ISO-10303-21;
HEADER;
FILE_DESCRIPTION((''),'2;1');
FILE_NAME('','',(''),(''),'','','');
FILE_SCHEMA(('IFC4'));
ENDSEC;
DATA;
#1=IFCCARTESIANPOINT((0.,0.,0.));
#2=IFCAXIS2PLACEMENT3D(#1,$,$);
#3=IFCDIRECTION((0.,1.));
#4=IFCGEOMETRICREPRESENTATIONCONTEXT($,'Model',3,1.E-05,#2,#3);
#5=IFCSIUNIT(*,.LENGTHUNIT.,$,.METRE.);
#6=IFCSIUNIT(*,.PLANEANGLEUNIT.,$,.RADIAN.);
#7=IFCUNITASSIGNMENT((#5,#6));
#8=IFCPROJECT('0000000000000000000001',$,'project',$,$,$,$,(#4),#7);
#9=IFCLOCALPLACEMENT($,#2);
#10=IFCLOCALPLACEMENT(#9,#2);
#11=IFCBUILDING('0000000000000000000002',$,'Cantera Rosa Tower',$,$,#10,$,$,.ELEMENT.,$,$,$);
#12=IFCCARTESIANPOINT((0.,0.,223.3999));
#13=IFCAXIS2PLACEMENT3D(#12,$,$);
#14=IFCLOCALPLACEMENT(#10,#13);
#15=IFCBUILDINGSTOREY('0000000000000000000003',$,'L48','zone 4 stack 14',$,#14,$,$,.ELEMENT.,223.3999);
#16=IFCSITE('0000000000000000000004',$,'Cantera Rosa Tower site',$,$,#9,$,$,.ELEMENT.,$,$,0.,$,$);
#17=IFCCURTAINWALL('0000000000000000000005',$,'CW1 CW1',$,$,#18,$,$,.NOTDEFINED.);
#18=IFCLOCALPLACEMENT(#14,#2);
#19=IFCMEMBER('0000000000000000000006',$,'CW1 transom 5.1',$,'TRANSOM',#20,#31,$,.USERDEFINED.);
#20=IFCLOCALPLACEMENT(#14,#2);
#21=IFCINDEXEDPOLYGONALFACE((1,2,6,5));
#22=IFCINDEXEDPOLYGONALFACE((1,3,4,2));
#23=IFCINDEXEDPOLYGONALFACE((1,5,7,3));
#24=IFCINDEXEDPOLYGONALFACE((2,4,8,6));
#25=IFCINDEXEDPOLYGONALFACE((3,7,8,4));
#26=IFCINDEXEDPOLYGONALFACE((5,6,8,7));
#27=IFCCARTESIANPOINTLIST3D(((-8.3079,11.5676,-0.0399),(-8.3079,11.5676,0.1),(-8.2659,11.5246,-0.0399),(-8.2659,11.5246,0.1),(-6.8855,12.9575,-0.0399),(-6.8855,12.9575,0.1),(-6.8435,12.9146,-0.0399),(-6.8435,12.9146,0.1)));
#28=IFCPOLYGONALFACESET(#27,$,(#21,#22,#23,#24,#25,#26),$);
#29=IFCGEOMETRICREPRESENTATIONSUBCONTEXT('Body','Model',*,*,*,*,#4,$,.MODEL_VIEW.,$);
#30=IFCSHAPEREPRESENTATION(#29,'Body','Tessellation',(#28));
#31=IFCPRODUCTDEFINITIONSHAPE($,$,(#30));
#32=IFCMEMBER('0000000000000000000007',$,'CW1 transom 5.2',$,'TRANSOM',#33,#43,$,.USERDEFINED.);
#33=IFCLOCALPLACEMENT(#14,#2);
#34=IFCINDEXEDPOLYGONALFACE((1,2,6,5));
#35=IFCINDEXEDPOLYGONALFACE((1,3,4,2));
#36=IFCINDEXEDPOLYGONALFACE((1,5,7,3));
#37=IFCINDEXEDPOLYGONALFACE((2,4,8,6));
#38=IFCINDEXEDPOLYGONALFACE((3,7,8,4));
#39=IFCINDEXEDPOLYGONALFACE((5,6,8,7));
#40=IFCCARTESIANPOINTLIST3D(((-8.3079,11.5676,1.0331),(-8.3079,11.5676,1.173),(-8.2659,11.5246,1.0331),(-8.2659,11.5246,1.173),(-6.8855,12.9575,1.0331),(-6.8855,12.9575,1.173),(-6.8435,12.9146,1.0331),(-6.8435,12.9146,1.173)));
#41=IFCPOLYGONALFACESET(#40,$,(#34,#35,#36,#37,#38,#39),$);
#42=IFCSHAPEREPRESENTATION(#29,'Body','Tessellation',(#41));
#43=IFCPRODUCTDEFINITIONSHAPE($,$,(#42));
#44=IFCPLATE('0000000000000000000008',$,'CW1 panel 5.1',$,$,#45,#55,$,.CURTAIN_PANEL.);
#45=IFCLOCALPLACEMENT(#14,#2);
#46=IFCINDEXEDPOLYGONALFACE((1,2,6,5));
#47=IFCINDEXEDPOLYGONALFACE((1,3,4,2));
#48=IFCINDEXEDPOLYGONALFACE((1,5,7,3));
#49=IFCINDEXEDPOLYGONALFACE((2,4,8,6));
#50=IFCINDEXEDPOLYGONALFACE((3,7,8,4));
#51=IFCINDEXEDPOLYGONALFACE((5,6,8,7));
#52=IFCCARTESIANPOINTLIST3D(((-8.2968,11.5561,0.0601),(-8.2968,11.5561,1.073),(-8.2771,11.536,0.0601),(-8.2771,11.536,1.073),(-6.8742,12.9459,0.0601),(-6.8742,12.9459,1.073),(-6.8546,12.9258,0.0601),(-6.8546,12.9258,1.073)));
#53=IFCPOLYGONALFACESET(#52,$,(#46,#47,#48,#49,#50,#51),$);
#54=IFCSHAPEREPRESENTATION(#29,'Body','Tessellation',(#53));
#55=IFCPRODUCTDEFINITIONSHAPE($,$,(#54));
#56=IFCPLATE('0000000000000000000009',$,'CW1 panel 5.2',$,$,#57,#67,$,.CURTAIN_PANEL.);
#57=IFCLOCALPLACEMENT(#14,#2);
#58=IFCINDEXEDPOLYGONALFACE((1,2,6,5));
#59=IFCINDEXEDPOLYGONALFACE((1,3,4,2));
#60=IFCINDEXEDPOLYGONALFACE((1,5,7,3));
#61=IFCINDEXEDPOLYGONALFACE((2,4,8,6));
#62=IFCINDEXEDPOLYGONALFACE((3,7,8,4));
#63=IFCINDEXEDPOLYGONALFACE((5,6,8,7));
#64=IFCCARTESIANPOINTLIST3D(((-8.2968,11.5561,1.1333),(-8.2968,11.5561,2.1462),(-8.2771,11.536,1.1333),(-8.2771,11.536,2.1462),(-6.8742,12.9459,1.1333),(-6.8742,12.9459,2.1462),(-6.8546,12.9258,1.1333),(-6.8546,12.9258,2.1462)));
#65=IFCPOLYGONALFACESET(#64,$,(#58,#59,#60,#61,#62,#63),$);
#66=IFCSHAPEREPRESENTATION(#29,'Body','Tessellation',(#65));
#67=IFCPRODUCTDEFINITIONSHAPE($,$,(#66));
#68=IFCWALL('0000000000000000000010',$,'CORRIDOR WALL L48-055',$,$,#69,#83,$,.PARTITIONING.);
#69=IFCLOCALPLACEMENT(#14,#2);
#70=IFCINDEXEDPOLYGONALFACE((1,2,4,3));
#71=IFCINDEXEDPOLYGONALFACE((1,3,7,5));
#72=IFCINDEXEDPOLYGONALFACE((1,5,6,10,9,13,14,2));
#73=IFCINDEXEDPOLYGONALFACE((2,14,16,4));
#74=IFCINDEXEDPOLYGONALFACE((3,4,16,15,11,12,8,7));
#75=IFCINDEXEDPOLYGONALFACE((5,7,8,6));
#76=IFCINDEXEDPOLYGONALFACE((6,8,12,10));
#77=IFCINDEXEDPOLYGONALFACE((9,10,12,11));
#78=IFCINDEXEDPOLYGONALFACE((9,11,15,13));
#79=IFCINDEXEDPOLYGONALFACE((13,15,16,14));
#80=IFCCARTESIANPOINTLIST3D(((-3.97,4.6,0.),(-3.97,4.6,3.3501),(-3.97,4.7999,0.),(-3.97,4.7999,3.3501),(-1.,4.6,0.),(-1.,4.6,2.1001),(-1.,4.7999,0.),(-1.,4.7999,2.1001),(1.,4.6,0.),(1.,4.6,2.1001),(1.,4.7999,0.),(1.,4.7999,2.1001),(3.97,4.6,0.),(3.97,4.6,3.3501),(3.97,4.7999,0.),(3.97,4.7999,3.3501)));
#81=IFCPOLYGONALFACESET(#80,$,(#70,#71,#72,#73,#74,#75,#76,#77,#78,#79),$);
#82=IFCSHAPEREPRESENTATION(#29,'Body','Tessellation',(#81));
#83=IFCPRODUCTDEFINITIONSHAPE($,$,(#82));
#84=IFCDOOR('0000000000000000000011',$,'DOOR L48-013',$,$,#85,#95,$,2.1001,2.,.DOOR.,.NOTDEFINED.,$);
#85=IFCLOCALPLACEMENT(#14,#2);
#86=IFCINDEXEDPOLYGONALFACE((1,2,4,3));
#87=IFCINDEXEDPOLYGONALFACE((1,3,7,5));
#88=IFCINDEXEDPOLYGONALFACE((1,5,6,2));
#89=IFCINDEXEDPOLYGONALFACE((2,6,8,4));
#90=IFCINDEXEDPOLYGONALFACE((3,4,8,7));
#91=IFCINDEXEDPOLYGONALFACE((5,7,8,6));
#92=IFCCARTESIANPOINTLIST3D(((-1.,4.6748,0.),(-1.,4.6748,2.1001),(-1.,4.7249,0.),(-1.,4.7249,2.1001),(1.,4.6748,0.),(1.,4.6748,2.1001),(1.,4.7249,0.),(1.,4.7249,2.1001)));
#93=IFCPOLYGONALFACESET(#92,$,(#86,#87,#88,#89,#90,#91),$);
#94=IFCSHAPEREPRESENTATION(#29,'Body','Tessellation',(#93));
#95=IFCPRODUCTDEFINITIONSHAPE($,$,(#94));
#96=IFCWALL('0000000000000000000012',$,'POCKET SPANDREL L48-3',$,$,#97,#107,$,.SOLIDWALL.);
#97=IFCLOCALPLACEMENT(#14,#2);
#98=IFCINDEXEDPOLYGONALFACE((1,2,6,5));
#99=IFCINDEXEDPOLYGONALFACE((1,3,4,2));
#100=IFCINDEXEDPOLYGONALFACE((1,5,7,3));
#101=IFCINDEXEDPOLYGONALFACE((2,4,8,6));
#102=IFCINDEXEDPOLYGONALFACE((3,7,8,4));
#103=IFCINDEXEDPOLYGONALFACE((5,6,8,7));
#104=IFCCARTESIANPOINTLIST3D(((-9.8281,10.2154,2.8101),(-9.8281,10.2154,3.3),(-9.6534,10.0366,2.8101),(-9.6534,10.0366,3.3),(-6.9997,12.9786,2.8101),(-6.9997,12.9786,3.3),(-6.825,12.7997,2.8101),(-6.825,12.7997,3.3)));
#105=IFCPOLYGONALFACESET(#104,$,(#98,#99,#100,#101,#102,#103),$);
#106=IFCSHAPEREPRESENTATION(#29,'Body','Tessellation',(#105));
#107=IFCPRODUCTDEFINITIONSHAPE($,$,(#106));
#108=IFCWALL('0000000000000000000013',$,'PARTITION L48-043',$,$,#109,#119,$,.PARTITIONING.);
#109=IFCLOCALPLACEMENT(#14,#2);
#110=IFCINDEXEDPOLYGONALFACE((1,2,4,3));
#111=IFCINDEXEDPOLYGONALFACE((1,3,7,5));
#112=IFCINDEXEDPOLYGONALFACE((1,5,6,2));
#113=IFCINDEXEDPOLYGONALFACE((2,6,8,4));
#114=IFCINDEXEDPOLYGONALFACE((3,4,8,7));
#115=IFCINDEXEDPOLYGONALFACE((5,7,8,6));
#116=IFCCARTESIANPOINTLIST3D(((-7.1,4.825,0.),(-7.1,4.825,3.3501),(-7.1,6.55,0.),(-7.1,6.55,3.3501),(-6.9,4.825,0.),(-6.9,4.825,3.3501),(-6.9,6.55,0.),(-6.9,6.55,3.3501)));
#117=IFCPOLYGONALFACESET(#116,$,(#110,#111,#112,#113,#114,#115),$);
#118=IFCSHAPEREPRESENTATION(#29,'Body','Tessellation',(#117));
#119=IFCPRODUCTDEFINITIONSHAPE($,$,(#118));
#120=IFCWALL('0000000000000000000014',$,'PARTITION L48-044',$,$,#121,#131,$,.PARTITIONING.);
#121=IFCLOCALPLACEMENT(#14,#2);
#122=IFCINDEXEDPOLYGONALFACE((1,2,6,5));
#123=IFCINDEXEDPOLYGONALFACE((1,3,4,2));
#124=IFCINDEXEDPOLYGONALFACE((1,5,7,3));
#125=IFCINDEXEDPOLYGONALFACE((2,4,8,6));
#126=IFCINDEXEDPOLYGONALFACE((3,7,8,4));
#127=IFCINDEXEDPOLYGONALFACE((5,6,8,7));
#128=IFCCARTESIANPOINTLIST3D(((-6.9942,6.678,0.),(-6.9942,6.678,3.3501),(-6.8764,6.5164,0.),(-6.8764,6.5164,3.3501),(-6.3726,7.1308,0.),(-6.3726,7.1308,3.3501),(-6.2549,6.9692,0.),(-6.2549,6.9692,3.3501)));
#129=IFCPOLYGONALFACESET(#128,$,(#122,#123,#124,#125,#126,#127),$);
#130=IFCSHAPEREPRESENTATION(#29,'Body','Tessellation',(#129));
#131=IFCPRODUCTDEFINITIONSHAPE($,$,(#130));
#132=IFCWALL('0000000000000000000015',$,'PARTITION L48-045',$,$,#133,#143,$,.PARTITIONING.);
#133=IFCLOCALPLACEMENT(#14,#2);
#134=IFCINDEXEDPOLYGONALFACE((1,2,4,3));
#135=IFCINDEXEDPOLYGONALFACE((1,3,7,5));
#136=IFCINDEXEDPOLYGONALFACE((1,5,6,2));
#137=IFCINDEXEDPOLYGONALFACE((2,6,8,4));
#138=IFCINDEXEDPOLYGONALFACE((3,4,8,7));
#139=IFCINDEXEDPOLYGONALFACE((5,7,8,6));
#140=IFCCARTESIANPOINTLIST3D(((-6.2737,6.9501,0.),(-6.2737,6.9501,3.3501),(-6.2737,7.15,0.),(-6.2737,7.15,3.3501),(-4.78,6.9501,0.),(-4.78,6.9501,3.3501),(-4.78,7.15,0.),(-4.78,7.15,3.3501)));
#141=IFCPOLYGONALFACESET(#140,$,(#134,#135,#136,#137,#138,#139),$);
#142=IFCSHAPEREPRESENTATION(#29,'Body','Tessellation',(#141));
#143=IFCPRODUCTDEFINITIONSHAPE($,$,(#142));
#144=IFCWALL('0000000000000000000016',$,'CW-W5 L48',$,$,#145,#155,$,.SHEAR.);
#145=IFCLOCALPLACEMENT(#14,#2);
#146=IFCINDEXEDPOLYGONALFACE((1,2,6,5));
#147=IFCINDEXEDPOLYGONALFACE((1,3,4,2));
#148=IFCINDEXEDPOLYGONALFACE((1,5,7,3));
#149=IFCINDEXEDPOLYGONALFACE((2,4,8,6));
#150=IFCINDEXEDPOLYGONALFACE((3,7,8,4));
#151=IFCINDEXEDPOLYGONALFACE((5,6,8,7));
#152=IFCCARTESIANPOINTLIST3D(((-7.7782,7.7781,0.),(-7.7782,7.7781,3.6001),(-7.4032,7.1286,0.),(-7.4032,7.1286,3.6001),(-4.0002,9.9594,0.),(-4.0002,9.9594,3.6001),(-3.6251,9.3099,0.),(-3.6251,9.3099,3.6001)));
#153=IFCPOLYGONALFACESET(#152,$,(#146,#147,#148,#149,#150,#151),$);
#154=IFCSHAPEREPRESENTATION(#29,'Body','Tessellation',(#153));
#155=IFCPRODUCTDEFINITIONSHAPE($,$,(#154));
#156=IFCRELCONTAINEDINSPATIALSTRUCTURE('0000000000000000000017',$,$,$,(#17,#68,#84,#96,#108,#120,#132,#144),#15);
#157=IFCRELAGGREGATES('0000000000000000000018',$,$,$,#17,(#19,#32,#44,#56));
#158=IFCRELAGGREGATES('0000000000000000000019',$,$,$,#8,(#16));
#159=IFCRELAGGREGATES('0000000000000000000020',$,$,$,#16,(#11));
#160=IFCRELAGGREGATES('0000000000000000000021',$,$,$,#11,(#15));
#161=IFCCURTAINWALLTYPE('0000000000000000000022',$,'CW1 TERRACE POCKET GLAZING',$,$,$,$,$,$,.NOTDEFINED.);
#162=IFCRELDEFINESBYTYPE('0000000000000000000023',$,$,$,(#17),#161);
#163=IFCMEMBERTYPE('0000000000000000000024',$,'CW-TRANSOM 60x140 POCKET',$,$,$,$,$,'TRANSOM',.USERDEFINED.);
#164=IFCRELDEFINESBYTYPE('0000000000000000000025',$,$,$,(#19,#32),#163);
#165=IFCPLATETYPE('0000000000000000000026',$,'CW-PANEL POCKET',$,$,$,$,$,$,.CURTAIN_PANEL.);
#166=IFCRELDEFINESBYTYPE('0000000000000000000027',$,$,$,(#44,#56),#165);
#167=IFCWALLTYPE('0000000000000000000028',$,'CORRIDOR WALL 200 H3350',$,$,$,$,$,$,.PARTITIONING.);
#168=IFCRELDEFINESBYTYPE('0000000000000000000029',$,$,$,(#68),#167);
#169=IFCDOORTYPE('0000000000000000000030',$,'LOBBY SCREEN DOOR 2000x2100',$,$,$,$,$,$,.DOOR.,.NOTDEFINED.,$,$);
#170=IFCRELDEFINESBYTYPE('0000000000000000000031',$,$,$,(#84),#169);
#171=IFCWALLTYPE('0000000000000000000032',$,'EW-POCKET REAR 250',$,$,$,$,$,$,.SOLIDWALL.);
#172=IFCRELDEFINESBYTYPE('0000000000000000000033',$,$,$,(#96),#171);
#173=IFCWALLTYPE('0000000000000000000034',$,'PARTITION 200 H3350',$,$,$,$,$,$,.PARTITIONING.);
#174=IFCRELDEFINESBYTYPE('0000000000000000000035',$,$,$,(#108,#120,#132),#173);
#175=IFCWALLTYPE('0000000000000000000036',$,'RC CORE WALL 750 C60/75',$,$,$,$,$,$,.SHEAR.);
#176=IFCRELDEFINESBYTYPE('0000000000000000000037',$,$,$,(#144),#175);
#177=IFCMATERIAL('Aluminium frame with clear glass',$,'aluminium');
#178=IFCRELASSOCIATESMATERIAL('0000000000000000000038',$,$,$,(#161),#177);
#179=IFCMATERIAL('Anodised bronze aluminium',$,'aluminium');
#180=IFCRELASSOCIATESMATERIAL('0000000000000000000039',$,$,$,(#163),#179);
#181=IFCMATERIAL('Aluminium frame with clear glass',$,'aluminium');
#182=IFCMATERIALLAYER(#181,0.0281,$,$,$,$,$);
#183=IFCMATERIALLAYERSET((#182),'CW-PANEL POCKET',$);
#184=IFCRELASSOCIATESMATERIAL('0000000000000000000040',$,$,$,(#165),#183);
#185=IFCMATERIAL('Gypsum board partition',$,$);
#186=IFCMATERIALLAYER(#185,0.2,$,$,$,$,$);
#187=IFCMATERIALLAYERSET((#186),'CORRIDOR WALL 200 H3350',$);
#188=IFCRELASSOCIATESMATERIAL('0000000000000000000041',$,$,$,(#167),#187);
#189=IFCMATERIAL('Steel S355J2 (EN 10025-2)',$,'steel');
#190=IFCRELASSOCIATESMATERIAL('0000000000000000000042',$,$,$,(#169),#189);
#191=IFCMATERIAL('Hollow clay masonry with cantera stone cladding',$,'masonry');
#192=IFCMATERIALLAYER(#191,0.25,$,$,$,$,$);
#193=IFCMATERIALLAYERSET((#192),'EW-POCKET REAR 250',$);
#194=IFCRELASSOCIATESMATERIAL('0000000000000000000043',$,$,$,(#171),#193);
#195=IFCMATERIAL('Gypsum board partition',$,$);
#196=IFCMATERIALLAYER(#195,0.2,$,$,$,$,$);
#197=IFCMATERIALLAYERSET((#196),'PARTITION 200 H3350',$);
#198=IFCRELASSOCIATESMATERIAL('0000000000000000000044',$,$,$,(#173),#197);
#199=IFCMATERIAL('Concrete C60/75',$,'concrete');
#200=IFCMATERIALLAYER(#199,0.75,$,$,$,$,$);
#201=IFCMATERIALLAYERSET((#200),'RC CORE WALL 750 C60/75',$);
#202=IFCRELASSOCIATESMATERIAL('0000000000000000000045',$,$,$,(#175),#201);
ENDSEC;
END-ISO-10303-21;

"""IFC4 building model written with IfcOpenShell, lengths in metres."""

from ifc_helpers import new_model, si_unit, direction, frame, frame_2d, origin, origin_2d, place, context, subcontext, project, spatial, rectangle, extrude, material, layer, layer_set, material_profile, profile_set, type_object, element, fill, aggregate, save


model = new_model("IFC4")

# Units and contexts
model_context = context("Model", 3, precision=1e-05, world=origin(), true_north=direction((0.0, 1.0)))
body_context = subcontext(model_context, "Body", "Model", "MODEL_VIEW")
ifc_project = project(units=[si_unit("LENGTHUNIT", "METRE"), si_unit("PLANEANGLEUNIT", "RADIAN")], contexts=[model_context])

# Site, building, storey
site_placement = place(None, origin())
site = spatial("IfcSite", under=ifc_project, at=site_placement, Name="Cantera Rosa Tower site", CompositionType="ELEMENT", RefElevation=0.0)
building_placement = place(site_placement, origin())
building = spatial("IfcBuilding", under=site, at=building_placement, Name="Cantera Rosa Tower", CompositionType="ELEMENT")
storey_placement = place(building_placement, frame((0.0, 0.0, 223.3999)))
storey = spatial("IfcBuildingStorey", under=building, at=storey_placement, Name="L48", Description="zone 4 stack 14", CompositionType="ELEMENT", Elevation=223.3999)

# Curtain wall, members, plates
ifc_material_1 = material(Name="Aluminium frame with clear glass", Category="aluminium")
curtain_wall_type = type_object("IfcCurtainWallType", Name="CW1 TERRACE POCKET GLAZING", PredefinedType="NOTDEFINED", material=ifc_material_1)
curtain_wall_placement = place(storey_placement, origin())
curtain_wall = element("IfcCurtainWall", 1, at=curtain_wall_placement, inside=storey, type_object=curtain_wall_type, Name="CW1 CW1", PredefinedType="NOTDEFINED")
ifc_material_2 = material(Name="Anodised bronze aluminium", Category="aluminium")
ifc_material_profile = material_profile(ifc_material_2, rectangle(XDim=0.0601, YDim=0.1399, at=origin_2d()), Name="CW-TRANSOM 60x140 POCKET")
ifc_profile_set = profile_set([ifc_material_profile], Name="Anodised bronze aluminium")
member_type = type_object("IfcMemberType", Name="CW-TRANSOM 60x140 POCKET", ElementType="TRANSOM", PredefinedType="USERDEFINED", material=ifc_profile_set)
member_1_placement = place(storey_placement, frame((-6.8645, 12.936, 0.03), z_axis=(-0.715223, -0.698896, 0.0), x_axis=(0.698896, -0.715223, 0.0)))
member_1 = element("IfcMember", 2, at=member_1_placement, type_object=member_type, Name="CW1 transom 5.1", ObjectType="TRANSOM", PredefinedType="USERDEFINED", context=body_context, shape_type="SweptSolid", body=[
    extrude(rectangle(XDim=0.0601, YDim=0.1399, at=origin_2d()), origin(), (0.0, 0.0, 1.0), 1.9888),
])
member_2_placement = place(storey_placement, frame((-6.8645, 12.936, 1.103), z_axis=(-0.715223, -0.698896, 0.0), x_axis=(0.698896, -0.715223, 0.0)))
member_2 = element("IfcMember", 3, at=member_2_placement, type_object=member_type, Name="CW1 transom 5.2", ObjectType="TRANSOM", PredefinedType="USERDEFINED", context=body_context, shape_type="SweptSolid", body=[
    extrude(rectangle(XDim=0.0601, YDim=0.1399, at=origin_2d()), origin(), (0.0, 0.0, 1.0), 1.9888),
])
ifc_material_3 = material(Name="Aluminium frame with clear glass", Category="aluminium")
ifc_layer_1 = layer(ifc_material_3, 0.0281)
ifc_layer_set_1 = layer_set([ifc_layer_1], Name="CW-PANEL POCKET")
plate_type = type_object("IfcPlateType", Name="CW-PANEL POCKET", PredefinedType="CURTAIN_PANEL", material=ifc_layer_set_1)
plate_1_placement = place(storey_placement, frame((-7.5757, 12.241, 0.0601), z_axis=(0.0, 0.0, 1.0), x_axis=(-0.715286, -0.698832, 0.0)))
plate_1 = element("IfcPlate", 4, at=plate_1_placement, type_object=plate_type, Name="CW1 panel 5.1", PredefinedType="CURTAIN_PANEL", context=body_context, shape_type="SweptSolid", body=[
    extrude(rectangle(XDim=1.9888, YDim=0.0281, at=origin_2d()), origin(), (0.0, 0.0, 1.0), 1.0129),
])
plate_2_placement = place(storey_placement, frame((-7.5757, 12.241, 1.1333), z_axis=(0.0, 0.0, 1.0), x_axis=(-0.715286, -0.698832, 0.0)))
plate_2 = element("IfcPlate", 5, at=plate_2_placement, type_object=plate_type, Name="CW1 panel 5.2", PredefinedType="CURTAIN_PANEL", context=body_context, shape_type="SweptSolid", body=[
    extrude(rectangle(XDim=1.9888, YDim=0.0281, at=origin_2d()), origin(), (0.0, 0.0, 1.0), 1.0129),
])
aggregate(curtain_wall, [member_1, member_2, plate_1, plate_2])

# Wall, opening, door
ifc_material_4 = material(Name="Gypsum board partition")
ifc_layer_2 = layer(ifc_material_4, 0.2)
ifc_layer_set_2 = layer_set([ifc_layer_2], Name="CORRIDOR WALL 200 H3350")
wall_type_1 = type_object("IfcWallType", Name="CORRIDOR WALL 200 H3350", PredefinedType="PARTITIONING", material=ifc_layer_set_2)
wall_1_placement = place(storey_placement, frame((-3.97, 4.7, 0.0), z_axis=(0.0, 0.0, 1.0), x_axis=(1.0, 0.0, 0.0)))
wall_1 = element("IfcWall", 6, at=wall_1_placement, inside=storey, type_object=wall_type_1, Name="CORRIDOR WALL L48-055", PredefinedType="PARTITIONING", context=body_context, shape_type="SweptSolid", body=[
    extrude(rectangle(XDim=7.9399, YDim=0.2, at=frame_2d((3.97, 0.0))), origin(), (0.0, 0.0, 1.0), 3.3501),
])
opening_1_placement = place(wall_1_placement, frame((2.97, 0.0, 0.0)))
opening_1 = element("IfcOpeningElement", 7, at=opening_1_placement, cuts=wall_1, PredefinedType="OPENING", context=body_context, shape_type="SweptSolid", body=[
    extrude(rectangle(XDim=2.0, YDim=2.1001, at=frame_2d((1.0, 1.05))), frame((0.0, 0.1099, 0.0), z_axis=(0.0, -1.0, 0.0), x_axis=(1.0, 0.0, 0.0)), (0.0, 0.0, 1.0), 0.22),
])
ifc_material_5 = material(Name="Steel S355J2 (EN 10025-2)", Category="steel")
door_type_1 = type_object("IfcDoorType", Name="LOBBY SCREEN DOOR 2000x2100", OperationType="NOTDEFINED", PredefinedType="DOOR", material=ifc_material_5)
door_1_placement = place(opening_1_placement, origin())
door_1 = element("IfcDoor", 8, at=door_1_placement, inside=storey, type_object=door_type_1, Name="DOOR L48-013", OperationType="NOTDEFINED", OverallHeight=2.1001, OverallWidth=2.0, PredefinedType="DOOR", context=body_context, shape_type="SweptSolid", body=[
    extrude(rectangle(XDim=2.0, YDim=2.1001, at=frame_2d((1.0, 1.05))), frame((0.0, 0.0249, 0.0), z_axis=(0.0, -1.0, 0.0), x_axis=(1.0, 0.0, 0.0)), (0.0, 0.0, 1.0), 0.05),
])
fill(opening_1, door_1)

# Walls
ifc_material_6 = material(Name="Hollow clay masonry with cantera stone cladding", Category="masonry")
ifc_layer_3 = layer(ifc_material_6, 0.25)
ifc_layer_set_3 = layer_set([ifc_layer_3], Name="EW-POCKET REAR 250")
wall_type_2 = type_object("IfcWallType", Name="EW-POCKET REAR 250", PredefinedType="SOLIDWALL", material=ifc_layer_set_3)
wall_2_placement = place(storey_placement, frame((-6.9124, 12.8892, 2.8101), z_axis=(0.0, 0.0, 1.0), x_axis=(-0.715302, -0.698816, 0.0)))
element("IfcWall", 9, at=wall_2_placement, inside=storey, type_object=wall_type_2, Name="POCKET SPANDREL L48-3", PredefinedType="SOLIDWALL", context=body_context, shape_type="SweptSolid", body=[
    extrude(rectangle(XDim=3.9541, YDim=0.25, at=frame_2d((1.9771, 0.0))), origin(), (0.0, 0.0, 1.0), 0.49),
])
ifc_material_7 = material(Name="Gypsum board partition")
ifc_layer_4 = layer(ifc_material_7, 0.2)
ifc_layer_set_4 = layer_set([ifc_layer_4], Name="PARTITION 200 H3350")
wall_type_3 = type_object("IfcWallType", Name="PARTITION 200 H3350", PredefinedType="PARTITIONING", material=ifc_layer_set_4)
wall_3_placement = place(storey_placement, frame((-7.0, 4.825, 0.0), z_axis=(0.0, 0.0, 1.0), x_axis=(0.0, 1.0, 0.0)))
element("IfcWall", 10, at=wall_3_placement, inside=storey, type_object=wall_type_3, Name="PARTITION L48-043", PredefinedType="PARTITIONING", context=body_context, shape_type="SweptSolid", body=[
    extrude(rectangle(XDim=1.7251, YDim=0.2, at=frame_2d((0.8625, 0.0))), origin(), (0.0, 0.0, 1.0), 3.3501),
])
wall_4_placement = place(storey_placement, frame((-6.9353, 6.5972, 0.0), z_axis=(0.0, 0.0, 1.0), x_axis=(0.808228, 0.58887, 0.0)))
element("IfcWall", 11, at=wall_4_placement, inside=storey, type_object=wall_type_3, Name="PARTITION L48-044", PredefinedType="PARTITIONING", context=body_context, shape_type="SweptSolid", body=[
    extrude(rectangle(XDim=0.769, YDim=0.2, at=frame_2d((0.3845, 0.0))), origin(), (0.0, 0.0, 1.0), 3.3501),
])
wall_5_placement = place(storey_placement, frame((-6.2737, 7.05, 0.0), z_axis=(0.0, 0.0, 1.0), x_axis=(1.0, 0.0, 0.0)))
element("IfcWall", 12, at=wall_5_placement, inside=storey, type_object=wall_type_3, Name="PARTITION L48-045", PredefinedType="PARTITIONING", context=body_context, shape_type="SweptSolid", body=[
    extrude(rectangle(XDim=1.4937, YDim=0.2, at=frame_2d((0.7468, 0.0))), origin(), (0.0, 0.0, 1.0), 3.3501),
])
ifc_material_8 = material(Name="Concrete C60/75", Category="concrete")
ifc_layer_5 = layer(ifc_material_8, 0.75)
ifc_layer_set_5 = layer_set([ifc_layer_5], Name="RC CORE WALL 750 C60/75")
wall_type_4 = type_object("IfcWallType", Name="RC CORE WALL 750 C60/75", PredefinedType="SHEAR", material=ifc_layer_set_5)
wall_6_placement = place(storey_placement, frame((-7.5906, 7.4534, 0.0), z_axis=(0.0, 0.0, 1.0), x_axis=(0.866013, 0.500021, 0.0)))
element("IfcWall", 13, at=wall_6_placement, inside=storey, type_object=wall_type_4, Name="CW-W5 L48", PredefinedType="SHEAR", context=body_context, shape_type="SweptSolid", body=[
    extrude(rectangle(XDim=4.3625, YDim=0.75, at=frame_2d((2.1812, 0.0))), origin(), (0.0, 0.0, 1.0), 3.6001),
])

save(model, "model.ifc")
